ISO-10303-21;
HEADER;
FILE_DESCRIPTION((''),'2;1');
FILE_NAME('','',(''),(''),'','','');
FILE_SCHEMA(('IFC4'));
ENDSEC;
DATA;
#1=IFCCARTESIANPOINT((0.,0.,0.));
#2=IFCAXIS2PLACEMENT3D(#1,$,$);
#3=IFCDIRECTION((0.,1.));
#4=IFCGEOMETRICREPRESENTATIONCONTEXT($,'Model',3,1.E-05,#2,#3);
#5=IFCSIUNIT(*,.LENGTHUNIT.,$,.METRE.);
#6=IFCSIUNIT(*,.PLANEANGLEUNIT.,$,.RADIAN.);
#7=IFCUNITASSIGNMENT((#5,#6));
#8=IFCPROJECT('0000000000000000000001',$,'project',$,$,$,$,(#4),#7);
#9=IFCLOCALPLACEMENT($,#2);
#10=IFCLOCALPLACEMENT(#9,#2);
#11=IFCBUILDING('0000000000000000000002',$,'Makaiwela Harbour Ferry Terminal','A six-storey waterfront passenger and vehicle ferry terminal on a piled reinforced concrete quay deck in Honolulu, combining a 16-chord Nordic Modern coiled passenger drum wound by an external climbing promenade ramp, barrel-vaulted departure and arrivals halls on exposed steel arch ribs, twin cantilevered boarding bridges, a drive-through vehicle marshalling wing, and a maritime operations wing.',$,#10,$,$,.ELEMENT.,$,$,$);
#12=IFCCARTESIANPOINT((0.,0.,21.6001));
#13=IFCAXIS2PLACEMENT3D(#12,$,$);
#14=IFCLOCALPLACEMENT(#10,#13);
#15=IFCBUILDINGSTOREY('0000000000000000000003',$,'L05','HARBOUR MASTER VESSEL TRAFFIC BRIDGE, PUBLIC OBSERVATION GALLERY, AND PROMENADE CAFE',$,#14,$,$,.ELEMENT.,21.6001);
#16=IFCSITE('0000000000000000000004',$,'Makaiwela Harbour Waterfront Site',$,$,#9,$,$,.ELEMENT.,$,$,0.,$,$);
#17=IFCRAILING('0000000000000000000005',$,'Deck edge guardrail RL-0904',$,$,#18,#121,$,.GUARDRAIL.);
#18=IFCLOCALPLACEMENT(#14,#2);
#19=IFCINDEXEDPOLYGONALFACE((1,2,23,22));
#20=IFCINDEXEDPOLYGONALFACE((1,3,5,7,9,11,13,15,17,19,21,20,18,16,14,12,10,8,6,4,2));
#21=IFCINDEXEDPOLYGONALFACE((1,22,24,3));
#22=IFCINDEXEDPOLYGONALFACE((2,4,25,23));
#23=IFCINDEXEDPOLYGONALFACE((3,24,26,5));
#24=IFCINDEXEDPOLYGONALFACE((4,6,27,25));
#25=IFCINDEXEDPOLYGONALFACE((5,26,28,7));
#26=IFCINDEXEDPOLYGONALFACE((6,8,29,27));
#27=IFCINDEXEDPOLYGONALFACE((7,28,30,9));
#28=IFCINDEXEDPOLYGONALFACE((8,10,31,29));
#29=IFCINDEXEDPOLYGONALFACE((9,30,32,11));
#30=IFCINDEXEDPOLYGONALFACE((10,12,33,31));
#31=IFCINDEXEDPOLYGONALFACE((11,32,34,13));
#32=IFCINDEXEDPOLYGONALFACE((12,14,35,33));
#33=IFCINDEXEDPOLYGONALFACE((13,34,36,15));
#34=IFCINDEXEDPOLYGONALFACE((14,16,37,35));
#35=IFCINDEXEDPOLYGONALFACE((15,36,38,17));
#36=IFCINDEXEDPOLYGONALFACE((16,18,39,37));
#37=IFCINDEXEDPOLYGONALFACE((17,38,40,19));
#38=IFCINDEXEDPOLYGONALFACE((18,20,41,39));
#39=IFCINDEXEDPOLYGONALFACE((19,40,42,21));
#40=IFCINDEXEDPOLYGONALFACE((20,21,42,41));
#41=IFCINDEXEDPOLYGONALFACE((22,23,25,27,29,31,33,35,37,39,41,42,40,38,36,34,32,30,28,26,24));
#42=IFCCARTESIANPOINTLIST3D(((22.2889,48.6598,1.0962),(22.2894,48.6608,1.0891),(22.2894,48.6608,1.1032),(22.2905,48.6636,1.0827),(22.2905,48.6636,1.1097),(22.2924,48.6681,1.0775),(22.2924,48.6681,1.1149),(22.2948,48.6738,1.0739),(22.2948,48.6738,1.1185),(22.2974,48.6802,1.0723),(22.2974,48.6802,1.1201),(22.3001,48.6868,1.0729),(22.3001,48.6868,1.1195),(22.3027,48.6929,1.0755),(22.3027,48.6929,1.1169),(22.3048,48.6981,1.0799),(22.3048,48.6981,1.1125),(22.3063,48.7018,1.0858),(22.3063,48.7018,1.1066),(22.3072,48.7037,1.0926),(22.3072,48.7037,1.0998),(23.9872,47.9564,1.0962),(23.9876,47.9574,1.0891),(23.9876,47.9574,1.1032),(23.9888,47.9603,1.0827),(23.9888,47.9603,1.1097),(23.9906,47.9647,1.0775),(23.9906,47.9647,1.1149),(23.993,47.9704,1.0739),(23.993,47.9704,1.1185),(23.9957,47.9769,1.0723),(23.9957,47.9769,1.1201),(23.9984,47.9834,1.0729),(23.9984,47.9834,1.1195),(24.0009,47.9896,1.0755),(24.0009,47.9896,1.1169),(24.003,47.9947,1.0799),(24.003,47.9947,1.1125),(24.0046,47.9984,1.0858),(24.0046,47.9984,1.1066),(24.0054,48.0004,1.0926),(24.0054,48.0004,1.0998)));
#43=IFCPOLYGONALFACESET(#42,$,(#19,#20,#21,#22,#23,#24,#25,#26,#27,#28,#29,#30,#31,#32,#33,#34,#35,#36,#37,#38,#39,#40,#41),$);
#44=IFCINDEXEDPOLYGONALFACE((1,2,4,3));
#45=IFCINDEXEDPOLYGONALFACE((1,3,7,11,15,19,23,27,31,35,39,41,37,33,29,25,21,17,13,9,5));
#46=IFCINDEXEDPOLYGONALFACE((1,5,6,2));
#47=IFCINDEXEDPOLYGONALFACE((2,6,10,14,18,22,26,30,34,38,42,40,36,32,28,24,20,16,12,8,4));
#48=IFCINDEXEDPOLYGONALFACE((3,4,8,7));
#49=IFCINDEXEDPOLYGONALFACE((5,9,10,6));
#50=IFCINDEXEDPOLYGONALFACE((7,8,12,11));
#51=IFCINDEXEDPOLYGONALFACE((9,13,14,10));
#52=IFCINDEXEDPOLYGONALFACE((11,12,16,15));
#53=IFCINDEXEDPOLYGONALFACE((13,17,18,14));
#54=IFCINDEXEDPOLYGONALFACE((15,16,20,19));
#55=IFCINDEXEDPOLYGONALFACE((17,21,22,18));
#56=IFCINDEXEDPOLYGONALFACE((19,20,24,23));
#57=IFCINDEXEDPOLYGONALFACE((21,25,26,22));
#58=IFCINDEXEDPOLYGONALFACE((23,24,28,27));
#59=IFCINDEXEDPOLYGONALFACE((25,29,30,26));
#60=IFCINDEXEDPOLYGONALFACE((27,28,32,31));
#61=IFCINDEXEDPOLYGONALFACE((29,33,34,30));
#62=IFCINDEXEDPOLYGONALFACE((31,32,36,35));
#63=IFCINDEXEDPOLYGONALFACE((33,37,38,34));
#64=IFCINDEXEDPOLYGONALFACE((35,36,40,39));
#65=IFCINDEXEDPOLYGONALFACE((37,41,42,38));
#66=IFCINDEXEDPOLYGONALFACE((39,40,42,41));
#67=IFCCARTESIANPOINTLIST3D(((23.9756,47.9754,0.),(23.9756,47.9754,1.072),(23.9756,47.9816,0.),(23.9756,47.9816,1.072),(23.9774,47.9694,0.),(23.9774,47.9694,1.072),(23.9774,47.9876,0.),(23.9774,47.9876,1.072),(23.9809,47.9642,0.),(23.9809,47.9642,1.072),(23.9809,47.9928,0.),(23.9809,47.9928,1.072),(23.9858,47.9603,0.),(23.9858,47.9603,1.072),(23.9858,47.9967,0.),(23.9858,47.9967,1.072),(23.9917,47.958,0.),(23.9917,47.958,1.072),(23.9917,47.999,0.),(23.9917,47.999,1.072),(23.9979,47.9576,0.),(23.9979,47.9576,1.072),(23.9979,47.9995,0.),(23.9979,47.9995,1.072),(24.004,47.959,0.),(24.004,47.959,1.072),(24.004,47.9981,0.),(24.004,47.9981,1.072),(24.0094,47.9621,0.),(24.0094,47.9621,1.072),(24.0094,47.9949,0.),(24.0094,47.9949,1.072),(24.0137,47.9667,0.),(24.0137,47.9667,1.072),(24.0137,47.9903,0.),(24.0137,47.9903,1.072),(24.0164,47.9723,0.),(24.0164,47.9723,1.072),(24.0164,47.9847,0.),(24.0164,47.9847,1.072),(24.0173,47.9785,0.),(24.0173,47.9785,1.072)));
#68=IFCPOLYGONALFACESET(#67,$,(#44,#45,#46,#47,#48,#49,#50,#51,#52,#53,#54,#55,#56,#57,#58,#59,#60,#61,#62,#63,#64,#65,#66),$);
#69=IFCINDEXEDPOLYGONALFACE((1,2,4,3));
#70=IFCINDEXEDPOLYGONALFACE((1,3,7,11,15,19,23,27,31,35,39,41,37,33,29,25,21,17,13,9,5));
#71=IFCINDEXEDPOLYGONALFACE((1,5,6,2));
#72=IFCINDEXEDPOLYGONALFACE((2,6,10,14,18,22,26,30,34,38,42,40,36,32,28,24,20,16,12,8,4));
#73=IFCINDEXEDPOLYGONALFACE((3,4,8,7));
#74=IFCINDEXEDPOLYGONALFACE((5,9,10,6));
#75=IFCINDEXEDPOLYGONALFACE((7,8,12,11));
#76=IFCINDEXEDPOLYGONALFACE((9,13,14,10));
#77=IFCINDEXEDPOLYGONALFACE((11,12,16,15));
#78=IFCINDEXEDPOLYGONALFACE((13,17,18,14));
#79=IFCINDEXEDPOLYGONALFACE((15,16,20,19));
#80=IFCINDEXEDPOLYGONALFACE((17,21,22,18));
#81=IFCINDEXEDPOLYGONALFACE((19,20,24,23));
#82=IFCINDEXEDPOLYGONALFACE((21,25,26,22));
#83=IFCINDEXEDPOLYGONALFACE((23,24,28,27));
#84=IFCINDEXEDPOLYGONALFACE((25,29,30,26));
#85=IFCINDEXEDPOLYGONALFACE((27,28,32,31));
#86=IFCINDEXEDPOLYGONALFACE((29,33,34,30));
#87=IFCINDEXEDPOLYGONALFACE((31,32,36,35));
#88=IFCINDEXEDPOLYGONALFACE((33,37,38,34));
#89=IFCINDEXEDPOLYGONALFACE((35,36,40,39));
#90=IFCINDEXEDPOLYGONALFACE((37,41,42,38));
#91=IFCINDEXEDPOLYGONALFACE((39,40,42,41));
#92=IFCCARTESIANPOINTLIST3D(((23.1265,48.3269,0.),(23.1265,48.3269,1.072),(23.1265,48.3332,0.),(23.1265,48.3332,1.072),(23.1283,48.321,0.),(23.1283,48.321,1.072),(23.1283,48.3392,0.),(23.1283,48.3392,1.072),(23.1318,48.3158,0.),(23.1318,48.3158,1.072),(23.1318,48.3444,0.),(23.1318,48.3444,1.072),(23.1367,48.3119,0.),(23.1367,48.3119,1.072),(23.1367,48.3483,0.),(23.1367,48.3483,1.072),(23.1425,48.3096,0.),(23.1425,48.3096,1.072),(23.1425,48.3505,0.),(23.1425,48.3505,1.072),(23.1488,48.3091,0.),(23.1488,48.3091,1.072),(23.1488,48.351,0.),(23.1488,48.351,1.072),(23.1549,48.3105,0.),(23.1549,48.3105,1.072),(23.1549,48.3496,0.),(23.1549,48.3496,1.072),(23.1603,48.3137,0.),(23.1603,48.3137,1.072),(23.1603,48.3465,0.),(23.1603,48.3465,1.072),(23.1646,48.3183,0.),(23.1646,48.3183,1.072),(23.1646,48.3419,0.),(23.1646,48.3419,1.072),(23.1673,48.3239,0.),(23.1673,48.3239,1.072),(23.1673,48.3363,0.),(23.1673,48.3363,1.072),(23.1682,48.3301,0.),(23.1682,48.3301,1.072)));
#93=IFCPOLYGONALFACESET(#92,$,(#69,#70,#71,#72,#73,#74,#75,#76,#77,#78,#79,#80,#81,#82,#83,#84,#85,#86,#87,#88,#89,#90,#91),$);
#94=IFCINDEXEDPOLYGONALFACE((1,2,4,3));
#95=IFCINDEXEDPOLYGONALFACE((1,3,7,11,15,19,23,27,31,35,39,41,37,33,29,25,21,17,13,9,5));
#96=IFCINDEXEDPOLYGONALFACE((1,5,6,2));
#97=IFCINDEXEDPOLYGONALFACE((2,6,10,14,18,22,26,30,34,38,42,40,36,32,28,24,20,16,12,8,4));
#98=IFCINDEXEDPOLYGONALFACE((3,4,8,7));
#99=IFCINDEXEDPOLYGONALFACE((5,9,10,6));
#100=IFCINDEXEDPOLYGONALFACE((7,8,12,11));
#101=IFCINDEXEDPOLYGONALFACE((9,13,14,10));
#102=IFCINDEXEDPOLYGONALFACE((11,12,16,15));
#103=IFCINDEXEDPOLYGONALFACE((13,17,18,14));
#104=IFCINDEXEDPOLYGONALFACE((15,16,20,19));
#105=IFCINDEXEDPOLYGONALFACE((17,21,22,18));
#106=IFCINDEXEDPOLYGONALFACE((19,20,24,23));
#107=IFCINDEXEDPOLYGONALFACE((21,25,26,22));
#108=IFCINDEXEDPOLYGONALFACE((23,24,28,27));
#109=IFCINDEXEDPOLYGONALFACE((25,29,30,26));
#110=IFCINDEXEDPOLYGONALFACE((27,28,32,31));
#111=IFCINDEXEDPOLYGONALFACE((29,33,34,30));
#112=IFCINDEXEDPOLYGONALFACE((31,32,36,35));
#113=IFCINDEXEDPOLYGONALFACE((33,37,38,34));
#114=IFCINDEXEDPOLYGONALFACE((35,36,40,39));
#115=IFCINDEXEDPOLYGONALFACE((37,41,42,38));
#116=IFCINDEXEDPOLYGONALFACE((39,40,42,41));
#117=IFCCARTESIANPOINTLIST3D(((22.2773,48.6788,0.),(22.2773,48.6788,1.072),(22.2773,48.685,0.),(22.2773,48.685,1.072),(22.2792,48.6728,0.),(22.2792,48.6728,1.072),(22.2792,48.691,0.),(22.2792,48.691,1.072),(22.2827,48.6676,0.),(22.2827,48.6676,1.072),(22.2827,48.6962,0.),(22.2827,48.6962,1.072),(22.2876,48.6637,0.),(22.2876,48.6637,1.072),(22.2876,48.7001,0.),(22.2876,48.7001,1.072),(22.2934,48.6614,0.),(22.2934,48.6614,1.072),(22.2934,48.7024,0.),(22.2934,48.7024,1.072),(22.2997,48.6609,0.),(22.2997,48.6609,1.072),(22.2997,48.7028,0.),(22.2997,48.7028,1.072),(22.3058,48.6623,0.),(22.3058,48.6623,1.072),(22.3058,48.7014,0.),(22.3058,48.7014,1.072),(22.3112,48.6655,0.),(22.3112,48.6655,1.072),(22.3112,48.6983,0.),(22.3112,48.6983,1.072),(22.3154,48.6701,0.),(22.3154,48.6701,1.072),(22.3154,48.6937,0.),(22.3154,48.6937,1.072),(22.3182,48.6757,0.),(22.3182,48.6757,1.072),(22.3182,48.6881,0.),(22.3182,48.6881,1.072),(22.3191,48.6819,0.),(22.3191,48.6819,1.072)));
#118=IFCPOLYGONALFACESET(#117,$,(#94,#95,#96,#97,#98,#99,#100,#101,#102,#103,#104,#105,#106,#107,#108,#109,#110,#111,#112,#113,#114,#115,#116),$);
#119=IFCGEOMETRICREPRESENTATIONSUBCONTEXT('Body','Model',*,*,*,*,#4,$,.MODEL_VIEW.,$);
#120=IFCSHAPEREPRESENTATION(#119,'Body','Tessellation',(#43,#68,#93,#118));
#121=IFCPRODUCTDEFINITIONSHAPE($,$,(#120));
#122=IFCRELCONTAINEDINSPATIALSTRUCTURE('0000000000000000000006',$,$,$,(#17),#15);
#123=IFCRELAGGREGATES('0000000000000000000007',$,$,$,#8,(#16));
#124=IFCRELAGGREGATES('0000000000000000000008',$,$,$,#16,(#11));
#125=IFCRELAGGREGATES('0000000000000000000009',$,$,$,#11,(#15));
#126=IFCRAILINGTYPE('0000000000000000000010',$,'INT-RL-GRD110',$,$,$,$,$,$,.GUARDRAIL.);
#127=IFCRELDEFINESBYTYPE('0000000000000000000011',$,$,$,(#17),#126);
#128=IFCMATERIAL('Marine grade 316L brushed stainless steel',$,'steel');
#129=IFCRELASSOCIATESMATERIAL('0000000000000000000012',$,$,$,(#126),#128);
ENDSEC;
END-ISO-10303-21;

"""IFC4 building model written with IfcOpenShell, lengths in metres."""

from ifc_helpers import new_model, si_unit, direction, frame, origin, origin_2d, place, context, subcontext, project, spatial, circle, extrude, material, type_object, element, save


model = new_model("IFC4")

# Units and contexts
model_context = context("Model", 3, precision=1e-05, world=origin(), true_north=direction((0.0, 1.0)))
body_context = subcontext(model_context, "Body", "Model", "MODEL_VIEW")
ifc_project = project(units=[si_unit("LENGTHUNIT", "METRE"), si_unit("PLANEANGLEUNIT", "RADIAN")], contexts=[model_context])

# Site, building, storey
site_placement = place(None, origin())
site = spatial("IfcSite", under=ifc_project, at=site_placement, Name="Makaiwela Harbour Waterfront Site", CompositionType="ELEMENT", RefElevation=0.0)
building_placement = place(site_placement, origin())
building = spatial("IfcBuilding", under=site, at=building_placement, Name="Makaiwela Harbour Ferry Terminal", Description="A six-storey waterfront passenger and vehicle ferry terminal on a piled reinforced concrete quay deck in Honolulu, combining a 16-chord Nordic Modern coiled passenger drum wound by an external climbing promenade ramp, barrel-vaulted departure and arrivals halls on exposed steel arch ribs, twin cantilevered boarding bridges, a drive-through vehicle marshalling wing, and a maritime operations wing.", CompositionType="ELEMENT")
storey_placement = place(building_placement, frame((0.0, 0.0, 21.6001)))
storey = spatial("IfcBuildingStorey", under=building, at=storey_placement, Name="L05", Description="HARBOUR MASTER VESSEL TRAFFIC BRIDGE, PUBLIC OBSERVATION GALLERY, AND PROMENADE CAFE", CompositionType="ELEMENT", Elevation=21.6001)

# Railing
ifc_material_1 = material(Name="Marine grade 316L brushed stainless steel", Category="steel")
railing_type = type_object("IfcRailingType", Name="INT-RL-GRD110", PredefinedType="GUARDRAIL", material=ifc_material_1)
railing_1_placement = place(storey_placement, frame((23.9963, 47.9785, 0.0)))
element("IfcRailing", 1, at=railing_1_placement, inside=storey, type_object=railing_type, Name="Deck edge guardrail RL-0904", PredefinedType="GUARDRAIL", context=body_context, shape_type="SweptSolid", body=[
    extrude(circle(Radius=0.0239, at=origin_2d()), frame((0.0, 0.0, 1.0962), z_axis=(-0.923892, 0.382653, 0.0), x_axis=(-0.382653, -0.923892, 0.0)), (0.0, 0.0, 1.0), 1.8381),
    extrude(circle(Radius=0.021, at=origin_2d()), origin(), (0.0, 0.0, 1.0), 1.072),
    extrude(circle(Radius=0.021, at=origin_2d()), frame((-0.8491, 0.3516, 0.0)), (0.0, 0.0, 1.0), 1.072),
    extrude(circle(Radius=0.021, at=origin_2d()), frame((-1.6982, 0.7034, 0.0)), (0.0, 0.0, 1.0), 1.072),
])

save(model, "model.ifc")
